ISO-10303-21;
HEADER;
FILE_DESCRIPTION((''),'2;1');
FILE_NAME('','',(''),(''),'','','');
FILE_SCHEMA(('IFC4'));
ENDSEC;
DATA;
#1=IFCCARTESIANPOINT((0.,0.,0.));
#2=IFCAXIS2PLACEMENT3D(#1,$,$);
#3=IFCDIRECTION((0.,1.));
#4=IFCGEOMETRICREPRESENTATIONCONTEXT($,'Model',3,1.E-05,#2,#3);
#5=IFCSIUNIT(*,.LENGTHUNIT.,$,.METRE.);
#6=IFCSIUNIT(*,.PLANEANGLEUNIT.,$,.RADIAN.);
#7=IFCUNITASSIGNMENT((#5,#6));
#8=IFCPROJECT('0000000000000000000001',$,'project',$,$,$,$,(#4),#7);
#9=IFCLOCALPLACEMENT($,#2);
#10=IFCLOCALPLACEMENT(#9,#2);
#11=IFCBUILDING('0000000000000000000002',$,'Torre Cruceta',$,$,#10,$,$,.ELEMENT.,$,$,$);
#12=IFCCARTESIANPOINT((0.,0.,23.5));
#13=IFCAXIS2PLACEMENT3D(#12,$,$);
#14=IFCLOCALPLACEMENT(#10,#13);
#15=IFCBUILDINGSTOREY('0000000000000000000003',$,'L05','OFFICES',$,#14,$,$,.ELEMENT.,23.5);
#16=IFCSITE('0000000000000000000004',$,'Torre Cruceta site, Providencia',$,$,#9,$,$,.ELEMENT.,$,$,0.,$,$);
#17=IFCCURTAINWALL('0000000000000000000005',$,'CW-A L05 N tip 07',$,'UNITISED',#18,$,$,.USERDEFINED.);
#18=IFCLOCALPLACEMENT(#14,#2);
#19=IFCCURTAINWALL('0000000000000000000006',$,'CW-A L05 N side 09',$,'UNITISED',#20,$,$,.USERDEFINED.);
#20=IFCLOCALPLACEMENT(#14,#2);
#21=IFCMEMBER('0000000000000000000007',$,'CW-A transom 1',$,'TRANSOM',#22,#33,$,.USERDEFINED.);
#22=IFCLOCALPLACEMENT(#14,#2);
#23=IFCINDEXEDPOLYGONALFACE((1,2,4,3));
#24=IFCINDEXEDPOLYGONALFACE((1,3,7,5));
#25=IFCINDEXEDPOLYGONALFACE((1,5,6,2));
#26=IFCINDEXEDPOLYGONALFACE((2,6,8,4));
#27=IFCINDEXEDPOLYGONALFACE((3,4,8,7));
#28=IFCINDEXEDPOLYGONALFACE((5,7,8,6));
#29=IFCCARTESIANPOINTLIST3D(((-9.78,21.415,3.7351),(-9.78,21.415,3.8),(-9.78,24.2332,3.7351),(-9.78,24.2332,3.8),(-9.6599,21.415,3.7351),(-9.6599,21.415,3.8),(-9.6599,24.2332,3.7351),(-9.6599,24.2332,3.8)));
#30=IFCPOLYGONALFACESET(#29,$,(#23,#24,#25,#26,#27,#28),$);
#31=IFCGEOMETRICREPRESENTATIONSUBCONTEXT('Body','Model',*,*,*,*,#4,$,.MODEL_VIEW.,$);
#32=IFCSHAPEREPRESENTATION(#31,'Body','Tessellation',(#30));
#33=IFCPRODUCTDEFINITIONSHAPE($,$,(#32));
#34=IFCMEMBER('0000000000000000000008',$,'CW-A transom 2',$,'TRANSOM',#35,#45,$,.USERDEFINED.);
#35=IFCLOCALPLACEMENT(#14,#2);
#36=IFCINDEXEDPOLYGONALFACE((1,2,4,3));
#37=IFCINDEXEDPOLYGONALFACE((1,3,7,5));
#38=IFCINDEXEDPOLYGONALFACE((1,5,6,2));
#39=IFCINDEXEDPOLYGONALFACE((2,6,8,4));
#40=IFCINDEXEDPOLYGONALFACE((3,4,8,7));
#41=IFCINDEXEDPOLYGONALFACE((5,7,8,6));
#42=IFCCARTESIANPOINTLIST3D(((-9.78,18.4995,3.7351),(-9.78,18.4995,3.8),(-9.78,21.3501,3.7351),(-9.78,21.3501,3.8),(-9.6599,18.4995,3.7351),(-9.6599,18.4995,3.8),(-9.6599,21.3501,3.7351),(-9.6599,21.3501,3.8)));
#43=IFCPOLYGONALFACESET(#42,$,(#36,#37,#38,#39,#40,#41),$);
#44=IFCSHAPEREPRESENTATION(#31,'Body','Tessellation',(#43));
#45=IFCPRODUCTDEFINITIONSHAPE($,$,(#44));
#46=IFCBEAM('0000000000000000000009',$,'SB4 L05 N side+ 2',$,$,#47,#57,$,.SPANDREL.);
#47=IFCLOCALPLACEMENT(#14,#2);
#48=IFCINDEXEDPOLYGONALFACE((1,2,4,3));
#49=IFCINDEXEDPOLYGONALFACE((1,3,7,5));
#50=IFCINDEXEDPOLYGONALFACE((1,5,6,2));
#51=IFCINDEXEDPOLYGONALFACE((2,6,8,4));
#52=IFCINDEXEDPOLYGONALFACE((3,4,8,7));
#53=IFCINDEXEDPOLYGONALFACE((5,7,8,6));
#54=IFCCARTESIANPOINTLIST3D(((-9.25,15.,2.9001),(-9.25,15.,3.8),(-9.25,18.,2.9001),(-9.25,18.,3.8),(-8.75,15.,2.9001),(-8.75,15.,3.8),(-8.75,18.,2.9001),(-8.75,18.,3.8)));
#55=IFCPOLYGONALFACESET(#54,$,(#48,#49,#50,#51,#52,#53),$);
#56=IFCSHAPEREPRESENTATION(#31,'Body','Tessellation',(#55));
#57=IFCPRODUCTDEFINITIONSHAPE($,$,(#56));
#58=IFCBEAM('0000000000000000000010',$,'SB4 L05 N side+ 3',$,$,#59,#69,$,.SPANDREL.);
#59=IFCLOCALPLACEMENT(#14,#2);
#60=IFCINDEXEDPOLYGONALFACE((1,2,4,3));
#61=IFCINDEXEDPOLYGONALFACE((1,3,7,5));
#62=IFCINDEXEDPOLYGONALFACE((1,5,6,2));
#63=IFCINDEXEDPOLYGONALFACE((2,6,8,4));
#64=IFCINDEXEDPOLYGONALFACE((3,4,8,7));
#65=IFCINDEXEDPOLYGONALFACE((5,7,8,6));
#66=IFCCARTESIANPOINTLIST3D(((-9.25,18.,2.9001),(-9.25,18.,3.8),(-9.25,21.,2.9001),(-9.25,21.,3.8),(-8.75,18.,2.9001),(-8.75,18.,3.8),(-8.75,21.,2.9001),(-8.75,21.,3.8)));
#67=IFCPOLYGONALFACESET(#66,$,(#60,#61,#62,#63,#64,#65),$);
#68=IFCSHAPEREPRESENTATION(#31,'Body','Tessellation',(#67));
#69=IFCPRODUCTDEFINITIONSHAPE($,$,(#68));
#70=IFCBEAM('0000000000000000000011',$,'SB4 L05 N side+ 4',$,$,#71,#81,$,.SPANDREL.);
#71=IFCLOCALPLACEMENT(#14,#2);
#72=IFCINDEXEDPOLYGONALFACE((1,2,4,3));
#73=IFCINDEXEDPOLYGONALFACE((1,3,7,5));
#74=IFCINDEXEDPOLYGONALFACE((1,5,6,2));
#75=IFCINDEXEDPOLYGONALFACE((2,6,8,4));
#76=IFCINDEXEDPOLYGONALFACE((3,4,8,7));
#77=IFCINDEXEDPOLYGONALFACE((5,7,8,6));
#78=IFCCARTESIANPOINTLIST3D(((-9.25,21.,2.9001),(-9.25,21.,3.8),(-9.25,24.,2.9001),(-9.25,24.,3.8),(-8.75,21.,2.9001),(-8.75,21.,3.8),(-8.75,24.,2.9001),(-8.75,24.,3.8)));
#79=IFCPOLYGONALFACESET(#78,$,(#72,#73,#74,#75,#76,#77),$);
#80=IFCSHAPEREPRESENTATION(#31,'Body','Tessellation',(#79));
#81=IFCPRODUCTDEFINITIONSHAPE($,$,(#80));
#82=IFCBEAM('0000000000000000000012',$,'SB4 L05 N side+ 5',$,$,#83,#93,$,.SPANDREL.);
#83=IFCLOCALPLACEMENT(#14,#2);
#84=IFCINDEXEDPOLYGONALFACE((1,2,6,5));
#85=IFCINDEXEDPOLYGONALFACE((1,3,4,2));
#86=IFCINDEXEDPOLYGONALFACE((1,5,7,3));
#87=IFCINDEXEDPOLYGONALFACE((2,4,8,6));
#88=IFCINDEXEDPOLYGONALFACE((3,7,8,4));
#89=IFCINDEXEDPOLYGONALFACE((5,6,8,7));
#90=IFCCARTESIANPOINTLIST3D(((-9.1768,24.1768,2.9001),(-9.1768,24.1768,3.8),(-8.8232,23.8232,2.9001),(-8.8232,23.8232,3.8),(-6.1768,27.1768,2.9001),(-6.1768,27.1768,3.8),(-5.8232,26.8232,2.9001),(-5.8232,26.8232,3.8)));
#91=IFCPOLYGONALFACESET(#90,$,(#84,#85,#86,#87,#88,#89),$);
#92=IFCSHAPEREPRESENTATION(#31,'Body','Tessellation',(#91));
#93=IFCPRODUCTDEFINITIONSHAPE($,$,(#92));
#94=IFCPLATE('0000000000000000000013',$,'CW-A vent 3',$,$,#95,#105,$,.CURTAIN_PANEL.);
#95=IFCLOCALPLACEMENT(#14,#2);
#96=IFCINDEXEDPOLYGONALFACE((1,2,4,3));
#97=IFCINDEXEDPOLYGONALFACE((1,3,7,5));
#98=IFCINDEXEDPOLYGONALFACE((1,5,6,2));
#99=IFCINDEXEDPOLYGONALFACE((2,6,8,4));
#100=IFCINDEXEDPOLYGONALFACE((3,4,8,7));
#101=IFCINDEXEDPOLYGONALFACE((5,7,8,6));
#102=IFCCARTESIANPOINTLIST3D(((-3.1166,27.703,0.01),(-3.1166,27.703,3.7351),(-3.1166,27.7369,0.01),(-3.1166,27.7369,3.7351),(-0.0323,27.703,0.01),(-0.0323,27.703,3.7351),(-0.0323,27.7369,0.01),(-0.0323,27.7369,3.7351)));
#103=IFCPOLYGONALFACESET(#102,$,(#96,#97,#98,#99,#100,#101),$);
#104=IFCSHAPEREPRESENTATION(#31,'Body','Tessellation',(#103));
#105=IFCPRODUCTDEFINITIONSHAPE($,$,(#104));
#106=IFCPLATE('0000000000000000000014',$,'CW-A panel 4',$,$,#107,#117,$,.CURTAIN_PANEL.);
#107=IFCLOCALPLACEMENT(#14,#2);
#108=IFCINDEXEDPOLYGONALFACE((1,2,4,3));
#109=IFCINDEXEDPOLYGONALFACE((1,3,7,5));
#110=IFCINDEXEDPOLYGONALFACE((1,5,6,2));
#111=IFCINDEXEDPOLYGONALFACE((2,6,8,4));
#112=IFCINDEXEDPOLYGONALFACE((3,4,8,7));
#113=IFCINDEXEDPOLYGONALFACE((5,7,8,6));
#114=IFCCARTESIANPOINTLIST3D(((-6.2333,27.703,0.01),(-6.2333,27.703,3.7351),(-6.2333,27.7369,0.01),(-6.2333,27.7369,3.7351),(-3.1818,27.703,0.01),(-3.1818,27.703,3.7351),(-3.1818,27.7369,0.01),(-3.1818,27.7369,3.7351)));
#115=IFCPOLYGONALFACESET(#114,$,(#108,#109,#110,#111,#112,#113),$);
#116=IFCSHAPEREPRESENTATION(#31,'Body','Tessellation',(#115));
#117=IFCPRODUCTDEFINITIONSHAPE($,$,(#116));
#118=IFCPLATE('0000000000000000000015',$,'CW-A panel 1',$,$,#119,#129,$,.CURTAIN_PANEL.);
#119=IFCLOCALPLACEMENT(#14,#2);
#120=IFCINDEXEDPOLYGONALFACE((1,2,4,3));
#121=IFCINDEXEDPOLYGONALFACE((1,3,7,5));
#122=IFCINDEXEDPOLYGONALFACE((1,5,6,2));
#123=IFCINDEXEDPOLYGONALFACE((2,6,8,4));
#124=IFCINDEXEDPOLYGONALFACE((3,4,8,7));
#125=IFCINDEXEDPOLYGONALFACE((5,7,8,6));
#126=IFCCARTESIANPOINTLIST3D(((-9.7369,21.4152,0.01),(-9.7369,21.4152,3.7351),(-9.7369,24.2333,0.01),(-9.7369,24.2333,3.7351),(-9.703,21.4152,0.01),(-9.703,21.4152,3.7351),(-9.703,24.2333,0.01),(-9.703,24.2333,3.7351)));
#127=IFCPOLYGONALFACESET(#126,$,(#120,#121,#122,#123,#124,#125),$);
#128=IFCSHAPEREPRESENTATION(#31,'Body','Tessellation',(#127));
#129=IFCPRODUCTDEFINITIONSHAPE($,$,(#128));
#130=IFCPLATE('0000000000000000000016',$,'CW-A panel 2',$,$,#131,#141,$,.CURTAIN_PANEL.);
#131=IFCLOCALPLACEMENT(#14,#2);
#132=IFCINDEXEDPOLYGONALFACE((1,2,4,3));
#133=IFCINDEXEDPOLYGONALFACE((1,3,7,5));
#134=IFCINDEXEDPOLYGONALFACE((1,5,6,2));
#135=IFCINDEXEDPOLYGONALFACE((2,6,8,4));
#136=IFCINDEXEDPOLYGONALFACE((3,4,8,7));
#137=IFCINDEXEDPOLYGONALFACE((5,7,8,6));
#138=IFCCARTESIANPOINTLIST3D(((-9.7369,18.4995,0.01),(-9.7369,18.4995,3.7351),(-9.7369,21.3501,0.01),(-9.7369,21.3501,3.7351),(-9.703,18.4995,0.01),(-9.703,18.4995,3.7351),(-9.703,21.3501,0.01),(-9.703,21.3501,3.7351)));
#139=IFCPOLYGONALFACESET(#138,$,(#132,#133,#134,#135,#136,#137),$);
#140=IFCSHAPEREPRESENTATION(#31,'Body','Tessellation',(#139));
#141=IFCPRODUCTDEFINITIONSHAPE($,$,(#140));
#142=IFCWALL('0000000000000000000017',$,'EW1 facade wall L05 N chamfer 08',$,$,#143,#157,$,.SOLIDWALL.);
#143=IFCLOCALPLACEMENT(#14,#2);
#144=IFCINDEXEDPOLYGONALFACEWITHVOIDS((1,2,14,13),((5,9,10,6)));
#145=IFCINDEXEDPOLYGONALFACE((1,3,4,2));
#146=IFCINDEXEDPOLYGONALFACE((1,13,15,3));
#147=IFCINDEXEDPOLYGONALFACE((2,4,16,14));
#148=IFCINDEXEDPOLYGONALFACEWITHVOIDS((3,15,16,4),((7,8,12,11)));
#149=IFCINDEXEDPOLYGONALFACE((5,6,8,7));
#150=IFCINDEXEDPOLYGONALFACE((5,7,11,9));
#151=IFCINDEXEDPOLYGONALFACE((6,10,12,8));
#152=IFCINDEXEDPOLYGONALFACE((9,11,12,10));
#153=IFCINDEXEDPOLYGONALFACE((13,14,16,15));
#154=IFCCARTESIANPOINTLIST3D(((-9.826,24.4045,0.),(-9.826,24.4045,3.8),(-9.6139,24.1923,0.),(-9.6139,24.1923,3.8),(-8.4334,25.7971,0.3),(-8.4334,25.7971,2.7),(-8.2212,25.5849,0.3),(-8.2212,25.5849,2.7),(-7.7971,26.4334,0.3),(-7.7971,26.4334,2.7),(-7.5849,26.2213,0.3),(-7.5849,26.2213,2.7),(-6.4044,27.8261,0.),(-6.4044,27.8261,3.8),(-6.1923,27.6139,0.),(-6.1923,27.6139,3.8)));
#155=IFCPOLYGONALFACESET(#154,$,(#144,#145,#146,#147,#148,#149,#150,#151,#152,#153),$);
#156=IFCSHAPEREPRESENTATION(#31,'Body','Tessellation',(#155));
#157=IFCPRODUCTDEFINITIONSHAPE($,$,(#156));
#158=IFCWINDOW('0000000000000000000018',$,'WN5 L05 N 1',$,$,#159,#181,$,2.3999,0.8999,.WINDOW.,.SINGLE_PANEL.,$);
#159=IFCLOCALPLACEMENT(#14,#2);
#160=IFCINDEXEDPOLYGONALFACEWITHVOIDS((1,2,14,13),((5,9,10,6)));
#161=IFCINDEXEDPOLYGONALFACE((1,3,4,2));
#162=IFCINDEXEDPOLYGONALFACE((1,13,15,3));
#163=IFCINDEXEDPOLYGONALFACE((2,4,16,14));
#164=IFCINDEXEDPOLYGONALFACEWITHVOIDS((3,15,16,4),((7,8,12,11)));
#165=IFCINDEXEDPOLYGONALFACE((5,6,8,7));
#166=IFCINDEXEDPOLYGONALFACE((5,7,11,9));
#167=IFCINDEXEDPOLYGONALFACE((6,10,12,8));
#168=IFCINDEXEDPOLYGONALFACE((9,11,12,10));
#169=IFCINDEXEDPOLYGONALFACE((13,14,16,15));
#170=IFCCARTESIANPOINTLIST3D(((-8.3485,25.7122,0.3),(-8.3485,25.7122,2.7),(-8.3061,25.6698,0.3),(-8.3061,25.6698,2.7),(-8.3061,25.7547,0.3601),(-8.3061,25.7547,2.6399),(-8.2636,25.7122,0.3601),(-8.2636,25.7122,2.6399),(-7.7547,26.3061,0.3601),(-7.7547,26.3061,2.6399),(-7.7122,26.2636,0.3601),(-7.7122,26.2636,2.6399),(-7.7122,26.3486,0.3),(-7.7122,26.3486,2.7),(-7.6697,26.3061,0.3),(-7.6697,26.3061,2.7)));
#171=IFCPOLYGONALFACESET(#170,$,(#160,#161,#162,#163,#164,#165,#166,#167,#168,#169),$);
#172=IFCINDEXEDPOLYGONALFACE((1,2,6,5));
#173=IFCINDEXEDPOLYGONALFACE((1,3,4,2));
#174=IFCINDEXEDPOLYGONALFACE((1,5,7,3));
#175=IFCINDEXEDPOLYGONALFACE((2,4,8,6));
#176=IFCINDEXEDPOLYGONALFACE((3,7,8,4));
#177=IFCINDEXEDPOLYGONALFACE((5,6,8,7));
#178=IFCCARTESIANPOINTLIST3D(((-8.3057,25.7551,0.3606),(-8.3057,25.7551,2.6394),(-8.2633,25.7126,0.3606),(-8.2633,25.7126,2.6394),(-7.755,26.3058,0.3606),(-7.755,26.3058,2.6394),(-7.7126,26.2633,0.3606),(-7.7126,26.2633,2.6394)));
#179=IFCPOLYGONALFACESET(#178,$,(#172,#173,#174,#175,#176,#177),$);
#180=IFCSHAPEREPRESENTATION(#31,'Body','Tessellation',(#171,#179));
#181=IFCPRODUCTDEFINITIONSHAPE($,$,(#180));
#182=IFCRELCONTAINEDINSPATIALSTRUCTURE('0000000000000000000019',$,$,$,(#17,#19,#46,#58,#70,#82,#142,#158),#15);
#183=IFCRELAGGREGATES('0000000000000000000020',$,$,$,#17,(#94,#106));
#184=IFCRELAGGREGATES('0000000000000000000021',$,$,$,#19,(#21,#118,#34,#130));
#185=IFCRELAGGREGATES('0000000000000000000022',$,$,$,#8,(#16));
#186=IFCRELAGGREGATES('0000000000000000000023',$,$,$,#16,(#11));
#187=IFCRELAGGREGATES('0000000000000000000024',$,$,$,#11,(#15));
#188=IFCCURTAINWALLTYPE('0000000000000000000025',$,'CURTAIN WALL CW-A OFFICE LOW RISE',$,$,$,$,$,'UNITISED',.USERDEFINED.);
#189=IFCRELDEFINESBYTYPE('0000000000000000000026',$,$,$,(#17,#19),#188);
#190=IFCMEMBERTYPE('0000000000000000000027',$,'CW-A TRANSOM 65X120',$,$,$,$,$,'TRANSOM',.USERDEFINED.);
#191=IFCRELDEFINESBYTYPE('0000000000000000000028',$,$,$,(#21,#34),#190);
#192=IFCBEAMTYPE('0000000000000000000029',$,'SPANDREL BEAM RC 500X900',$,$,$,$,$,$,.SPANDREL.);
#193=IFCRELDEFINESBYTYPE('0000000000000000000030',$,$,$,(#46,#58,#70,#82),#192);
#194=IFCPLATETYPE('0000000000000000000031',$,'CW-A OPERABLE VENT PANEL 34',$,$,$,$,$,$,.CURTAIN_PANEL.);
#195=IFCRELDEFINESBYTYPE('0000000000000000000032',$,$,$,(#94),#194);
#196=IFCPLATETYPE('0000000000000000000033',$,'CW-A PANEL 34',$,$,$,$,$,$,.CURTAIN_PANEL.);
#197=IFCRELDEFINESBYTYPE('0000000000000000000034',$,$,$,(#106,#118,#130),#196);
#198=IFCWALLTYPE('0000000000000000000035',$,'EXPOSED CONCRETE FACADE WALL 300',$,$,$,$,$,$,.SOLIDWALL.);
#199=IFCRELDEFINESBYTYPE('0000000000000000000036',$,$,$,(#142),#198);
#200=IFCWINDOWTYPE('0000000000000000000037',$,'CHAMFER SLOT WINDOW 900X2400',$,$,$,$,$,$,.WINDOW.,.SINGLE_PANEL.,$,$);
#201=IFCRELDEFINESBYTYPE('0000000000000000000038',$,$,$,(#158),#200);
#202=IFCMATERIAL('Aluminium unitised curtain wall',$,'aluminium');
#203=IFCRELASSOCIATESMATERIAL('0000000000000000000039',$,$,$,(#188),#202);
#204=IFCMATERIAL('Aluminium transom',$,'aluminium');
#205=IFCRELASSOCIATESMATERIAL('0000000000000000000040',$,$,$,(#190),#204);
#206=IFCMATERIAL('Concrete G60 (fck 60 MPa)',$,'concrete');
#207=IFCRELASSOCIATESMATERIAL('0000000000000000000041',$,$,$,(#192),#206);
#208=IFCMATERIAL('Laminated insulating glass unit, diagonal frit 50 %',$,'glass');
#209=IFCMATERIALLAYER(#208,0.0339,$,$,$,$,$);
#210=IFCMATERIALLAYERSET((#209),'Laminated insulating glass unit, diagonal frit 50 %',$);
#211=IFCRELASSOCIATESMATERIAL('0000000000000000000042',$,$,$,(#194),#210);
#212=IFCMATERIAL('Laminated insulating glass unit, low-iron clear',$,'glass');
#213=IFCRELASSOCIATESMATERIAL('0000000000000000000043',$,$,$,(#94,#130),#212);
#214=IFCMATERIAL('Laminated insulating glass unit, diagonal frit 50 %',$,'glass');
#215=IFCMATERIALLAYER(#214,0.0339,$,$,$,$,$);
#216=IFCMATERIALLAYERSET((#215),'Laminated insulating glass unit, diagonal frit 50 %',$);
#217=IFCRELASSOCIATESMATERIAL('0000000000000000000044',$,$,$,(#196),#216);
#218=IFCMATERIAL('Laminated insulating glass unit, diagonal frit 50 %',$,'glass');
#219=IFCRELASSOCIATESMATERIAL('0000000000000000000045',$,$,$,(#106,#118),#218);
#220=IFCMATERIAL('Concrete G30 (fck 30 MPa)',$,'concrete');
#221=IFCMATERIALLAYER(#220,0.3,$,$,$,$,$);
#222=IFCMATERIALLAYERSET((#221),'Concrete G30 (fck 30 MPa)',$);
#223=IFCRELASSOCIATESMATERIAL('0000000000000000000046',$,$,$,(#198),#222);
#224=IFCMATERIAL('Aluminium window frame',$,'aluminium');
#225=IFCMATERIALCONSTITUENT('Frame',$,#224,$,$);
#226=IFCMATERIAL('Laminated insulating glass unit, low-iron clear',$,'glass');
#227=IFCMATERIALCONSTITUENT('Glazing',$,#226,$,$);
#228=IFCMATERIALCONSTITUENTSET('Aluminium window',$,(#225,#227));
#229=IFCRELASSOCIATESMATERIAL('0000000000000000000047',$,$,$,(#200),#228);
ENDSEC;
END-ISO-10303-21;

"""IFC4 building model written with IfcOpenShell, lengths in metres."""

from ifc_helpers import new_model, si_unit, direction, frame, frame_2d, origin, origin_2d, place, context, subcontext, project, spatial, rectangle, hollow_rectangle, extrude, material, layer, layer_set, constituent, constituent_set, material_profile, profile_set, type_object, element, fill, aggregate, save


model = new_model("IFC4")

# Units and contexts
model_context = context("Model", 3, precision=1e-05, world=origin(), true_north=direction((0.0, 1.0)))
body_context = subcontext(model_context, "Body", "Model", "MODEL_VIEW")
ifc_project = project(units=[si_unit("LENGTHUNIT", "METRE"), si_unit("PLANEANGLEUNIT", "RADIAN")], contexts=[model_context])

# Site, building, storey
site_placement = place(None, origin())
site = spatial("IfcSite", under=ifc_project, at=site_placement, Name="Torre Cruceta site, Providencia", CompositionType="ELEMENT", RefElevation=0.0)
building_placement = place(site_placement, origin())
building = spatial("IfcBuilding", under=site, at=building_placement, Name="Torre Cruceta", CompositionType="ELEMENT")
storey_placement = place(building_placement, frame((0.0, 0.0, 23.5)))
storey = spatial("IfcBuildingStorey", under=building, at=storey_placement, Name="L05", Description="OFFICES", CompositionType="ELEMENT", Elevation=23.5)

# Curtain walls
ifc_material_1 = material(Name="Aluminium unitised curtain wall", Category="aluminium")
curtain_wall_type = type_object("IfcCurtainWallType", Name="CURTAIN WALL CW-A OFFICE LOW RISE", ElementType="UNITISED", PredefinedType="USERDEFINED", material=ifc_material_1)
curtain_wall_1_placement = place(storey_placement, origin())
curtain_wall_1 = element("IfcCurtainWall", 1, at=curtain_wall_1_placement, inside=storey, type_object=curtain_wall_type, Name="CW-A L05 N tip 07", ObjectType="UNITISED", PredefinedType="USERDEFINED")
curtain_wall_2_placement = place(storey_placement, origin())
curtain_wall_2 = element("IfcCurtainWall", 2, at=curtain_wall_2_placement, inside=storey, type_object=curtain_wall_type, Name="CW-A L05 N side 09", ObjectType="UNITISED", PredefinedType="USERDEFINED")

# Members
ifc_material_2 = material(Name="Aluminium transom", Category="aluminium")
ifc_material_profile_1 = material_profile(ifc_material_2, rectangle(XDim=0.1201, YDim=0.0649, at=origin_2d()), Name="AL 120X65")
ifc_profile_set_1 = profile_set([ifc_material_profile_1], Name="Aluminium transom")
member_type_1 = type_object("IfcMemberType", Name="CW-A TRANSOM 65X120", ElementType="TRANSOM", PredefinedType="USERDEFINED", material=ifc_profile_set_1)
member_1_placement = place(storey_placement, frame((-9.72, 24.2332, 3.7676), z_axis=(0.0, -1.0, 0.0), x_axis=(1.0, 0.0, 0.0)))
member_1 = element("IfcMember", 3, at=member_1_placement, type_object=member_type_1, Name="CW-A transom 1", ObjectType="TRANSOM", PredefinedType="USERDEFINED", context=body_context, shape_type="SweptSolid", body=[
    extrude(rectangle(XDim=0.1201, YDim=0.0649, at=origin_2d()), origin(), (0.0, 0.0, 1.0), 2.8181),
])
member_2_placement = place(storey_placement, frame((-9.72, 21.3501, 3.7676), z_axis=(0.0, -1.0, 0.0), x_axis=(1.0, 0.0, 0.0)))
member_2 = element("IfcMember", 4, at=member_2_placement, type_object=member_type_1, Name="CW-A transom 2", ObjectType="TRANSOM", PredefinedType="USERDEFINED", context=body_context, shape_type="SweptSolid", body=[
    extrude(rectangle(XDim=0.1201, YDim=0.0649, at=origin_2d()), origin(), (0.0, 0.0, 1.0), 2.8506),
])

# Beams
ifc_material_3 = material(Name="Concrete G60 (fck 60 MPa)", Category="concrete")
ifc_material_profile_2 = material_profile(ifc_material_3, rectangle(XDim=0.5, YDim=0.8999, at=origin_2d()), Name="RC 500X900")
ifc_profile_set_2 = profile_set([ifc_material_profile_2], Name="Concrete G60 (fck 60 MPa)")
beam_type_1 = type_object("IfcBeamType", Name="SPANDREL BEAM RC 500X900", PredefinedType="SPANDREL", material=ifc_profile_set_2)
for number, where, z_axis, x_axis, name in (
    (5, (-9.0, 15.0, 3.3501), (0.0, 1.0, 0.0), (-1.0, 0.0, 0.0), "SB4 L05 N side+ 2"),
    (6, (-9.0, 18.0, 3.3501), (0.0, 1.0, 0.0), (-1.0, 0.0, 0.0), "SB4 L05 N side+ 3"),
    (7, (-9.0, 21.0, 3.3501), (0.0, 1.0, 0.0), (-1.0, 0.0, 0.0), "SB4 L05 N side+ 4"),
):
    element("IfcBeam", number, at=place(storey_placement, frame(where, z_axis=z_axis, x_axis=x_axis)), inside=storey, type_object=beam_type_1, Name=name, PredefinedType="SPANDREL", context=body_context, shape_type="SweptSolid", body=[
        extrude(rectangle(XDim=0.5, YDim=0.8999, at=origin_2d()), origin(), (0.0, 0.0, 1.0), 3.0),
    ])
beam_placement = place(storey_placement, frame((-9.0, 24.0, 3.3501), z_axis=(0.707107, 0.707107, 0.0), x_axis=(-0.707107, 0.707107, 0.0)))
element("IfcBeam", 8, at=beam_placement, inside=storey, type_object=beam_type_1, Name="SB4 L05 N side+ 5", PredefinedType="SPANDREL", context=body_context, shape_type="SweptSolid", body=[
    extrude(rectangle(XDim=0.5, YDim=0.8999, at=origin_2d()), origin(), (0.0, 0.0, 1.0), 4.2427),
])

# Plates
ifc_material_4 = material(Name="Laminated insulating glass unit, low-iron clear", Category="glass")
ifc_material_5 = material(Name="Laminated insulating glass unit, diagonal frit 50 %", Category="glass")
ifc_layer_1 = layer(ifc_material_5, 0.0339)
ifc_layer_set_1 = layer_set([ifc_layer_1], Name="Laminated insulating glass unit, diagonal frit 50 %")
plate_type_1 = type_object("IfcPlateType", Name="CW-A OPERABLE VENT PANEL 34", PredefinedType="CURTAIN_PANEL", material=ifc_layer_set_1)
plate_1_placement = place(storey_placement, frame((-1.5745, 27.72, 0.01), z_axis=(0.0, 0.0, 1.0), x_axis=(-1.0, 0.0, 0.0)))
plate_1 = element("IfcPlate", 9, at=plate_1_placement, type_object=plate_type_1, material=ifc_material_4, Name="CW-A vent 3", PredefinedType="CURTAIN_PANEL", context=body_context, shape_type="SweptSolid", body=[
    extrude(rectangle(XDim=3.0842, YDim=0.0339, at=origin_2d()), origin(), (0.0, 0.0, 1.0), 3.7251),
])
ifc_material_6 = material(Name="Laminated insulating glass unit, diagonal frit 50 %", Category="glass")
ifc_material_7 = material(Name="Laminated insulating glass unit, diagonal frit 50 %", Category="glass")
ifc_layer_2 = layer(ifc_material_7, 0.0339)
ifc_layer_set_2 = layer_set([ifc_layer_2], Name="Laminated insulating glass unit, diagonal frit 50 %")
plate_type_2 = type_object("IfcPlateType", Name="CW-A PANEL 34", PredefinedType="CURTAIN_PANEL", material=ifc_layer_set_2)
plate_2_placement = place(storey_placement, frame((-4.7075, 27.72, 0.01), z_axis=(0.0, 0.0, 1.0), x_axis=(-1.0, 0.0, 0.0)))
plate_2 = element("IfcPlate", 10, at=plate_2_placement, type_object=plate_type_2, material=ifc_material_6, Name="CW-A panel 4", PredefinedType="CURTAIN_PANEL", context=body_context, shape_type="SweptSolid", body=[
    extrude(rectangle(XDim=3.0515, YDim=0.0339, at=origin_2d()), origin(), (0.0, 0.0, 1.0), 3.7251),
])
aggregate(curtain_wall_1, [plate_1, plate_2])
plate_3_placement = place(storey_placement, frame((-9.72, 22.8242, 0.01), z_axis=(0.0, 0.0, 1.0), x_axis=(0.0, -1.0, 0.0)))
plate_3 = element("IfcPlate", 11, at=plate_3_placement, type_object=plate_type_2, material=ifc_material_6, Name="CW-A panel 1", PredefinedType="CURTAIN_PANEL", context=body_context, shape_type="SweptSolid", body=[
    extrude(rectangle(XDim=2.8181, YDim=0.0339, at=origin_2d()), origin(), (0.0, 0.0, 1.0), 3.7251),
])
plate_4_placement = place(storey_placement, frame((-9.72, 19.9248, 0.01), z_axis=(0.0, 0.0, 1.0), x_axis=(0.0, -1.0, 0.0)))
plate_4 = element("IfcPlate", 12, at=plate_4_placement, type_object=plate_type_2, material=ifc_material_4, Name="CW-A panel 2", PredefinedType="CURTAIN_PANEL", context=body_context, shape_type="SweptSolid", body=[
    extrude(rectangle(XDim=2.8506, YDim=0.0339, at=origin_2d()), origin(), (0.0, 0.0, 1.0), 3.7251),
])
aggregate(curtain_wall_2, [member_1, plate_3, member_2, plate_4])

# Wall, opening, window
ifc_material_8 = material(Name="Concrete G30 (fck 30 MPa)", Category="concrete")
ifc_layer_3 = layer(ifc_material_8, 0.3)
ifc_layer_set_3 = layer_set([ifc_layer_3], Name="Concrete G30 (fck 30 MPa)")
wall_type_1 = type_object("IfcWallType", Name="EXPOSED CONCRETE FACADE WALL 300", PredefinedType="SOLIDWALL", material=ifc_layer_set_3)
wall_1_placement = place(storey_placement, frame((-6.2983, 27.72, 0.0), z_axis=(0.0, 0.0, 1.0), x_axis=(-0.707107, -0.707107, 0.0)))
wall_1 = element("IfcWall", 13, at=wall_1_placement, inside=storey, type_object=wall_type_1, Name="EW1 facade wall L05 N chamfer 08", PredefinedType="SOLIDWALL", context=body_context, shape_type="SweptSolid", body=[
    extrude(rectangle(XDim=4.8389, YDim=0.3, at=frame_2d((2.4194, 0.0))), origin(), (0.0, 0.0, 1.0), 3.8),
])
opening_1_placement = place(wall_1_placement, frame((1.9695, 0.0, 0.3)))
opening_1 = element("IfcOpeningElement", 14, at=opening_1_placement, cuts=wall_1, PredefinedType="OPENING", context=body_context, shape_type="SweptSolid", body=[
    extrude(rectangle(XDim=0.8999, YDim=2.3999, at=frame_2d((0.45, 1.2))), frame((0.0, 0.1599, 0.0), z_axis=(0.0, -1.0, 0.0), x_axis=(1.0, 0.0, 0.0)), (0.0, 0.0, 1.0), 0.3201),
])
ifc_material_9 = material(Name="Aluminium window frame", Category="aluminium")
ifc_constituent_1 = constituent(ifc_material_9, Name="Frame")
ifc_material_10 = material(Name="Laminated insulating glass unit, low-iron clear", Category="glass")
ifc_constituent_2 = constituent(ifc_material_10, Name="Glazing")
ifc_constituent_set_1 = constituent_set(constituents=[ifc_constituent_1, ifc_constituent_2], Name="Aluminium window")
window_type = type_object("IfcWindowType", Name="CHAMFER SLOT WINDOW 900X2400", PartitioningType="SINGLE_PANEL", PredefinedType="WINDOW", material=ifc_constituent_set_1)
window_placement = place(opening_1_placement, origin())
window = element("IfcWindow", 15, at=window_placement, inside=storey, type_object=window_type, Name="WN5 L05 N 1", OverallHeight=2.3999, OverallWidth=0.8999, PartitioningType="SINGLE_PANEL", PredefinedType="WINDOW", context=body_context, shape_type="SweptSolid", body=[
    extrude(hollow_rectangle(XDim=0.8999, YDim=2.3999, WallThickness=0.0601, at=frame_2d((0.45, 1.2))), frame((0.0, 0.03, 0.0), z_axis=(0.0, -1.0, 0.0), x_axis=(1.0, 0.0, 0.0)), (0.0, 0.0, 1.0), 0.0601),
    extrude(rectangle(XDim=0.7788, YDim=2.2788, at=frame_2d((0.45, 1.2))), frame((0.0, 0.03, 0.0), z_axis=(0.0, -1.0, 0.0), x_axis=(1.0, 0.0, 0.0)), (0.0, 0.0, 1.0), 0.0601),
])
fill(opening_1, window)

save(model, "model.ifc")
